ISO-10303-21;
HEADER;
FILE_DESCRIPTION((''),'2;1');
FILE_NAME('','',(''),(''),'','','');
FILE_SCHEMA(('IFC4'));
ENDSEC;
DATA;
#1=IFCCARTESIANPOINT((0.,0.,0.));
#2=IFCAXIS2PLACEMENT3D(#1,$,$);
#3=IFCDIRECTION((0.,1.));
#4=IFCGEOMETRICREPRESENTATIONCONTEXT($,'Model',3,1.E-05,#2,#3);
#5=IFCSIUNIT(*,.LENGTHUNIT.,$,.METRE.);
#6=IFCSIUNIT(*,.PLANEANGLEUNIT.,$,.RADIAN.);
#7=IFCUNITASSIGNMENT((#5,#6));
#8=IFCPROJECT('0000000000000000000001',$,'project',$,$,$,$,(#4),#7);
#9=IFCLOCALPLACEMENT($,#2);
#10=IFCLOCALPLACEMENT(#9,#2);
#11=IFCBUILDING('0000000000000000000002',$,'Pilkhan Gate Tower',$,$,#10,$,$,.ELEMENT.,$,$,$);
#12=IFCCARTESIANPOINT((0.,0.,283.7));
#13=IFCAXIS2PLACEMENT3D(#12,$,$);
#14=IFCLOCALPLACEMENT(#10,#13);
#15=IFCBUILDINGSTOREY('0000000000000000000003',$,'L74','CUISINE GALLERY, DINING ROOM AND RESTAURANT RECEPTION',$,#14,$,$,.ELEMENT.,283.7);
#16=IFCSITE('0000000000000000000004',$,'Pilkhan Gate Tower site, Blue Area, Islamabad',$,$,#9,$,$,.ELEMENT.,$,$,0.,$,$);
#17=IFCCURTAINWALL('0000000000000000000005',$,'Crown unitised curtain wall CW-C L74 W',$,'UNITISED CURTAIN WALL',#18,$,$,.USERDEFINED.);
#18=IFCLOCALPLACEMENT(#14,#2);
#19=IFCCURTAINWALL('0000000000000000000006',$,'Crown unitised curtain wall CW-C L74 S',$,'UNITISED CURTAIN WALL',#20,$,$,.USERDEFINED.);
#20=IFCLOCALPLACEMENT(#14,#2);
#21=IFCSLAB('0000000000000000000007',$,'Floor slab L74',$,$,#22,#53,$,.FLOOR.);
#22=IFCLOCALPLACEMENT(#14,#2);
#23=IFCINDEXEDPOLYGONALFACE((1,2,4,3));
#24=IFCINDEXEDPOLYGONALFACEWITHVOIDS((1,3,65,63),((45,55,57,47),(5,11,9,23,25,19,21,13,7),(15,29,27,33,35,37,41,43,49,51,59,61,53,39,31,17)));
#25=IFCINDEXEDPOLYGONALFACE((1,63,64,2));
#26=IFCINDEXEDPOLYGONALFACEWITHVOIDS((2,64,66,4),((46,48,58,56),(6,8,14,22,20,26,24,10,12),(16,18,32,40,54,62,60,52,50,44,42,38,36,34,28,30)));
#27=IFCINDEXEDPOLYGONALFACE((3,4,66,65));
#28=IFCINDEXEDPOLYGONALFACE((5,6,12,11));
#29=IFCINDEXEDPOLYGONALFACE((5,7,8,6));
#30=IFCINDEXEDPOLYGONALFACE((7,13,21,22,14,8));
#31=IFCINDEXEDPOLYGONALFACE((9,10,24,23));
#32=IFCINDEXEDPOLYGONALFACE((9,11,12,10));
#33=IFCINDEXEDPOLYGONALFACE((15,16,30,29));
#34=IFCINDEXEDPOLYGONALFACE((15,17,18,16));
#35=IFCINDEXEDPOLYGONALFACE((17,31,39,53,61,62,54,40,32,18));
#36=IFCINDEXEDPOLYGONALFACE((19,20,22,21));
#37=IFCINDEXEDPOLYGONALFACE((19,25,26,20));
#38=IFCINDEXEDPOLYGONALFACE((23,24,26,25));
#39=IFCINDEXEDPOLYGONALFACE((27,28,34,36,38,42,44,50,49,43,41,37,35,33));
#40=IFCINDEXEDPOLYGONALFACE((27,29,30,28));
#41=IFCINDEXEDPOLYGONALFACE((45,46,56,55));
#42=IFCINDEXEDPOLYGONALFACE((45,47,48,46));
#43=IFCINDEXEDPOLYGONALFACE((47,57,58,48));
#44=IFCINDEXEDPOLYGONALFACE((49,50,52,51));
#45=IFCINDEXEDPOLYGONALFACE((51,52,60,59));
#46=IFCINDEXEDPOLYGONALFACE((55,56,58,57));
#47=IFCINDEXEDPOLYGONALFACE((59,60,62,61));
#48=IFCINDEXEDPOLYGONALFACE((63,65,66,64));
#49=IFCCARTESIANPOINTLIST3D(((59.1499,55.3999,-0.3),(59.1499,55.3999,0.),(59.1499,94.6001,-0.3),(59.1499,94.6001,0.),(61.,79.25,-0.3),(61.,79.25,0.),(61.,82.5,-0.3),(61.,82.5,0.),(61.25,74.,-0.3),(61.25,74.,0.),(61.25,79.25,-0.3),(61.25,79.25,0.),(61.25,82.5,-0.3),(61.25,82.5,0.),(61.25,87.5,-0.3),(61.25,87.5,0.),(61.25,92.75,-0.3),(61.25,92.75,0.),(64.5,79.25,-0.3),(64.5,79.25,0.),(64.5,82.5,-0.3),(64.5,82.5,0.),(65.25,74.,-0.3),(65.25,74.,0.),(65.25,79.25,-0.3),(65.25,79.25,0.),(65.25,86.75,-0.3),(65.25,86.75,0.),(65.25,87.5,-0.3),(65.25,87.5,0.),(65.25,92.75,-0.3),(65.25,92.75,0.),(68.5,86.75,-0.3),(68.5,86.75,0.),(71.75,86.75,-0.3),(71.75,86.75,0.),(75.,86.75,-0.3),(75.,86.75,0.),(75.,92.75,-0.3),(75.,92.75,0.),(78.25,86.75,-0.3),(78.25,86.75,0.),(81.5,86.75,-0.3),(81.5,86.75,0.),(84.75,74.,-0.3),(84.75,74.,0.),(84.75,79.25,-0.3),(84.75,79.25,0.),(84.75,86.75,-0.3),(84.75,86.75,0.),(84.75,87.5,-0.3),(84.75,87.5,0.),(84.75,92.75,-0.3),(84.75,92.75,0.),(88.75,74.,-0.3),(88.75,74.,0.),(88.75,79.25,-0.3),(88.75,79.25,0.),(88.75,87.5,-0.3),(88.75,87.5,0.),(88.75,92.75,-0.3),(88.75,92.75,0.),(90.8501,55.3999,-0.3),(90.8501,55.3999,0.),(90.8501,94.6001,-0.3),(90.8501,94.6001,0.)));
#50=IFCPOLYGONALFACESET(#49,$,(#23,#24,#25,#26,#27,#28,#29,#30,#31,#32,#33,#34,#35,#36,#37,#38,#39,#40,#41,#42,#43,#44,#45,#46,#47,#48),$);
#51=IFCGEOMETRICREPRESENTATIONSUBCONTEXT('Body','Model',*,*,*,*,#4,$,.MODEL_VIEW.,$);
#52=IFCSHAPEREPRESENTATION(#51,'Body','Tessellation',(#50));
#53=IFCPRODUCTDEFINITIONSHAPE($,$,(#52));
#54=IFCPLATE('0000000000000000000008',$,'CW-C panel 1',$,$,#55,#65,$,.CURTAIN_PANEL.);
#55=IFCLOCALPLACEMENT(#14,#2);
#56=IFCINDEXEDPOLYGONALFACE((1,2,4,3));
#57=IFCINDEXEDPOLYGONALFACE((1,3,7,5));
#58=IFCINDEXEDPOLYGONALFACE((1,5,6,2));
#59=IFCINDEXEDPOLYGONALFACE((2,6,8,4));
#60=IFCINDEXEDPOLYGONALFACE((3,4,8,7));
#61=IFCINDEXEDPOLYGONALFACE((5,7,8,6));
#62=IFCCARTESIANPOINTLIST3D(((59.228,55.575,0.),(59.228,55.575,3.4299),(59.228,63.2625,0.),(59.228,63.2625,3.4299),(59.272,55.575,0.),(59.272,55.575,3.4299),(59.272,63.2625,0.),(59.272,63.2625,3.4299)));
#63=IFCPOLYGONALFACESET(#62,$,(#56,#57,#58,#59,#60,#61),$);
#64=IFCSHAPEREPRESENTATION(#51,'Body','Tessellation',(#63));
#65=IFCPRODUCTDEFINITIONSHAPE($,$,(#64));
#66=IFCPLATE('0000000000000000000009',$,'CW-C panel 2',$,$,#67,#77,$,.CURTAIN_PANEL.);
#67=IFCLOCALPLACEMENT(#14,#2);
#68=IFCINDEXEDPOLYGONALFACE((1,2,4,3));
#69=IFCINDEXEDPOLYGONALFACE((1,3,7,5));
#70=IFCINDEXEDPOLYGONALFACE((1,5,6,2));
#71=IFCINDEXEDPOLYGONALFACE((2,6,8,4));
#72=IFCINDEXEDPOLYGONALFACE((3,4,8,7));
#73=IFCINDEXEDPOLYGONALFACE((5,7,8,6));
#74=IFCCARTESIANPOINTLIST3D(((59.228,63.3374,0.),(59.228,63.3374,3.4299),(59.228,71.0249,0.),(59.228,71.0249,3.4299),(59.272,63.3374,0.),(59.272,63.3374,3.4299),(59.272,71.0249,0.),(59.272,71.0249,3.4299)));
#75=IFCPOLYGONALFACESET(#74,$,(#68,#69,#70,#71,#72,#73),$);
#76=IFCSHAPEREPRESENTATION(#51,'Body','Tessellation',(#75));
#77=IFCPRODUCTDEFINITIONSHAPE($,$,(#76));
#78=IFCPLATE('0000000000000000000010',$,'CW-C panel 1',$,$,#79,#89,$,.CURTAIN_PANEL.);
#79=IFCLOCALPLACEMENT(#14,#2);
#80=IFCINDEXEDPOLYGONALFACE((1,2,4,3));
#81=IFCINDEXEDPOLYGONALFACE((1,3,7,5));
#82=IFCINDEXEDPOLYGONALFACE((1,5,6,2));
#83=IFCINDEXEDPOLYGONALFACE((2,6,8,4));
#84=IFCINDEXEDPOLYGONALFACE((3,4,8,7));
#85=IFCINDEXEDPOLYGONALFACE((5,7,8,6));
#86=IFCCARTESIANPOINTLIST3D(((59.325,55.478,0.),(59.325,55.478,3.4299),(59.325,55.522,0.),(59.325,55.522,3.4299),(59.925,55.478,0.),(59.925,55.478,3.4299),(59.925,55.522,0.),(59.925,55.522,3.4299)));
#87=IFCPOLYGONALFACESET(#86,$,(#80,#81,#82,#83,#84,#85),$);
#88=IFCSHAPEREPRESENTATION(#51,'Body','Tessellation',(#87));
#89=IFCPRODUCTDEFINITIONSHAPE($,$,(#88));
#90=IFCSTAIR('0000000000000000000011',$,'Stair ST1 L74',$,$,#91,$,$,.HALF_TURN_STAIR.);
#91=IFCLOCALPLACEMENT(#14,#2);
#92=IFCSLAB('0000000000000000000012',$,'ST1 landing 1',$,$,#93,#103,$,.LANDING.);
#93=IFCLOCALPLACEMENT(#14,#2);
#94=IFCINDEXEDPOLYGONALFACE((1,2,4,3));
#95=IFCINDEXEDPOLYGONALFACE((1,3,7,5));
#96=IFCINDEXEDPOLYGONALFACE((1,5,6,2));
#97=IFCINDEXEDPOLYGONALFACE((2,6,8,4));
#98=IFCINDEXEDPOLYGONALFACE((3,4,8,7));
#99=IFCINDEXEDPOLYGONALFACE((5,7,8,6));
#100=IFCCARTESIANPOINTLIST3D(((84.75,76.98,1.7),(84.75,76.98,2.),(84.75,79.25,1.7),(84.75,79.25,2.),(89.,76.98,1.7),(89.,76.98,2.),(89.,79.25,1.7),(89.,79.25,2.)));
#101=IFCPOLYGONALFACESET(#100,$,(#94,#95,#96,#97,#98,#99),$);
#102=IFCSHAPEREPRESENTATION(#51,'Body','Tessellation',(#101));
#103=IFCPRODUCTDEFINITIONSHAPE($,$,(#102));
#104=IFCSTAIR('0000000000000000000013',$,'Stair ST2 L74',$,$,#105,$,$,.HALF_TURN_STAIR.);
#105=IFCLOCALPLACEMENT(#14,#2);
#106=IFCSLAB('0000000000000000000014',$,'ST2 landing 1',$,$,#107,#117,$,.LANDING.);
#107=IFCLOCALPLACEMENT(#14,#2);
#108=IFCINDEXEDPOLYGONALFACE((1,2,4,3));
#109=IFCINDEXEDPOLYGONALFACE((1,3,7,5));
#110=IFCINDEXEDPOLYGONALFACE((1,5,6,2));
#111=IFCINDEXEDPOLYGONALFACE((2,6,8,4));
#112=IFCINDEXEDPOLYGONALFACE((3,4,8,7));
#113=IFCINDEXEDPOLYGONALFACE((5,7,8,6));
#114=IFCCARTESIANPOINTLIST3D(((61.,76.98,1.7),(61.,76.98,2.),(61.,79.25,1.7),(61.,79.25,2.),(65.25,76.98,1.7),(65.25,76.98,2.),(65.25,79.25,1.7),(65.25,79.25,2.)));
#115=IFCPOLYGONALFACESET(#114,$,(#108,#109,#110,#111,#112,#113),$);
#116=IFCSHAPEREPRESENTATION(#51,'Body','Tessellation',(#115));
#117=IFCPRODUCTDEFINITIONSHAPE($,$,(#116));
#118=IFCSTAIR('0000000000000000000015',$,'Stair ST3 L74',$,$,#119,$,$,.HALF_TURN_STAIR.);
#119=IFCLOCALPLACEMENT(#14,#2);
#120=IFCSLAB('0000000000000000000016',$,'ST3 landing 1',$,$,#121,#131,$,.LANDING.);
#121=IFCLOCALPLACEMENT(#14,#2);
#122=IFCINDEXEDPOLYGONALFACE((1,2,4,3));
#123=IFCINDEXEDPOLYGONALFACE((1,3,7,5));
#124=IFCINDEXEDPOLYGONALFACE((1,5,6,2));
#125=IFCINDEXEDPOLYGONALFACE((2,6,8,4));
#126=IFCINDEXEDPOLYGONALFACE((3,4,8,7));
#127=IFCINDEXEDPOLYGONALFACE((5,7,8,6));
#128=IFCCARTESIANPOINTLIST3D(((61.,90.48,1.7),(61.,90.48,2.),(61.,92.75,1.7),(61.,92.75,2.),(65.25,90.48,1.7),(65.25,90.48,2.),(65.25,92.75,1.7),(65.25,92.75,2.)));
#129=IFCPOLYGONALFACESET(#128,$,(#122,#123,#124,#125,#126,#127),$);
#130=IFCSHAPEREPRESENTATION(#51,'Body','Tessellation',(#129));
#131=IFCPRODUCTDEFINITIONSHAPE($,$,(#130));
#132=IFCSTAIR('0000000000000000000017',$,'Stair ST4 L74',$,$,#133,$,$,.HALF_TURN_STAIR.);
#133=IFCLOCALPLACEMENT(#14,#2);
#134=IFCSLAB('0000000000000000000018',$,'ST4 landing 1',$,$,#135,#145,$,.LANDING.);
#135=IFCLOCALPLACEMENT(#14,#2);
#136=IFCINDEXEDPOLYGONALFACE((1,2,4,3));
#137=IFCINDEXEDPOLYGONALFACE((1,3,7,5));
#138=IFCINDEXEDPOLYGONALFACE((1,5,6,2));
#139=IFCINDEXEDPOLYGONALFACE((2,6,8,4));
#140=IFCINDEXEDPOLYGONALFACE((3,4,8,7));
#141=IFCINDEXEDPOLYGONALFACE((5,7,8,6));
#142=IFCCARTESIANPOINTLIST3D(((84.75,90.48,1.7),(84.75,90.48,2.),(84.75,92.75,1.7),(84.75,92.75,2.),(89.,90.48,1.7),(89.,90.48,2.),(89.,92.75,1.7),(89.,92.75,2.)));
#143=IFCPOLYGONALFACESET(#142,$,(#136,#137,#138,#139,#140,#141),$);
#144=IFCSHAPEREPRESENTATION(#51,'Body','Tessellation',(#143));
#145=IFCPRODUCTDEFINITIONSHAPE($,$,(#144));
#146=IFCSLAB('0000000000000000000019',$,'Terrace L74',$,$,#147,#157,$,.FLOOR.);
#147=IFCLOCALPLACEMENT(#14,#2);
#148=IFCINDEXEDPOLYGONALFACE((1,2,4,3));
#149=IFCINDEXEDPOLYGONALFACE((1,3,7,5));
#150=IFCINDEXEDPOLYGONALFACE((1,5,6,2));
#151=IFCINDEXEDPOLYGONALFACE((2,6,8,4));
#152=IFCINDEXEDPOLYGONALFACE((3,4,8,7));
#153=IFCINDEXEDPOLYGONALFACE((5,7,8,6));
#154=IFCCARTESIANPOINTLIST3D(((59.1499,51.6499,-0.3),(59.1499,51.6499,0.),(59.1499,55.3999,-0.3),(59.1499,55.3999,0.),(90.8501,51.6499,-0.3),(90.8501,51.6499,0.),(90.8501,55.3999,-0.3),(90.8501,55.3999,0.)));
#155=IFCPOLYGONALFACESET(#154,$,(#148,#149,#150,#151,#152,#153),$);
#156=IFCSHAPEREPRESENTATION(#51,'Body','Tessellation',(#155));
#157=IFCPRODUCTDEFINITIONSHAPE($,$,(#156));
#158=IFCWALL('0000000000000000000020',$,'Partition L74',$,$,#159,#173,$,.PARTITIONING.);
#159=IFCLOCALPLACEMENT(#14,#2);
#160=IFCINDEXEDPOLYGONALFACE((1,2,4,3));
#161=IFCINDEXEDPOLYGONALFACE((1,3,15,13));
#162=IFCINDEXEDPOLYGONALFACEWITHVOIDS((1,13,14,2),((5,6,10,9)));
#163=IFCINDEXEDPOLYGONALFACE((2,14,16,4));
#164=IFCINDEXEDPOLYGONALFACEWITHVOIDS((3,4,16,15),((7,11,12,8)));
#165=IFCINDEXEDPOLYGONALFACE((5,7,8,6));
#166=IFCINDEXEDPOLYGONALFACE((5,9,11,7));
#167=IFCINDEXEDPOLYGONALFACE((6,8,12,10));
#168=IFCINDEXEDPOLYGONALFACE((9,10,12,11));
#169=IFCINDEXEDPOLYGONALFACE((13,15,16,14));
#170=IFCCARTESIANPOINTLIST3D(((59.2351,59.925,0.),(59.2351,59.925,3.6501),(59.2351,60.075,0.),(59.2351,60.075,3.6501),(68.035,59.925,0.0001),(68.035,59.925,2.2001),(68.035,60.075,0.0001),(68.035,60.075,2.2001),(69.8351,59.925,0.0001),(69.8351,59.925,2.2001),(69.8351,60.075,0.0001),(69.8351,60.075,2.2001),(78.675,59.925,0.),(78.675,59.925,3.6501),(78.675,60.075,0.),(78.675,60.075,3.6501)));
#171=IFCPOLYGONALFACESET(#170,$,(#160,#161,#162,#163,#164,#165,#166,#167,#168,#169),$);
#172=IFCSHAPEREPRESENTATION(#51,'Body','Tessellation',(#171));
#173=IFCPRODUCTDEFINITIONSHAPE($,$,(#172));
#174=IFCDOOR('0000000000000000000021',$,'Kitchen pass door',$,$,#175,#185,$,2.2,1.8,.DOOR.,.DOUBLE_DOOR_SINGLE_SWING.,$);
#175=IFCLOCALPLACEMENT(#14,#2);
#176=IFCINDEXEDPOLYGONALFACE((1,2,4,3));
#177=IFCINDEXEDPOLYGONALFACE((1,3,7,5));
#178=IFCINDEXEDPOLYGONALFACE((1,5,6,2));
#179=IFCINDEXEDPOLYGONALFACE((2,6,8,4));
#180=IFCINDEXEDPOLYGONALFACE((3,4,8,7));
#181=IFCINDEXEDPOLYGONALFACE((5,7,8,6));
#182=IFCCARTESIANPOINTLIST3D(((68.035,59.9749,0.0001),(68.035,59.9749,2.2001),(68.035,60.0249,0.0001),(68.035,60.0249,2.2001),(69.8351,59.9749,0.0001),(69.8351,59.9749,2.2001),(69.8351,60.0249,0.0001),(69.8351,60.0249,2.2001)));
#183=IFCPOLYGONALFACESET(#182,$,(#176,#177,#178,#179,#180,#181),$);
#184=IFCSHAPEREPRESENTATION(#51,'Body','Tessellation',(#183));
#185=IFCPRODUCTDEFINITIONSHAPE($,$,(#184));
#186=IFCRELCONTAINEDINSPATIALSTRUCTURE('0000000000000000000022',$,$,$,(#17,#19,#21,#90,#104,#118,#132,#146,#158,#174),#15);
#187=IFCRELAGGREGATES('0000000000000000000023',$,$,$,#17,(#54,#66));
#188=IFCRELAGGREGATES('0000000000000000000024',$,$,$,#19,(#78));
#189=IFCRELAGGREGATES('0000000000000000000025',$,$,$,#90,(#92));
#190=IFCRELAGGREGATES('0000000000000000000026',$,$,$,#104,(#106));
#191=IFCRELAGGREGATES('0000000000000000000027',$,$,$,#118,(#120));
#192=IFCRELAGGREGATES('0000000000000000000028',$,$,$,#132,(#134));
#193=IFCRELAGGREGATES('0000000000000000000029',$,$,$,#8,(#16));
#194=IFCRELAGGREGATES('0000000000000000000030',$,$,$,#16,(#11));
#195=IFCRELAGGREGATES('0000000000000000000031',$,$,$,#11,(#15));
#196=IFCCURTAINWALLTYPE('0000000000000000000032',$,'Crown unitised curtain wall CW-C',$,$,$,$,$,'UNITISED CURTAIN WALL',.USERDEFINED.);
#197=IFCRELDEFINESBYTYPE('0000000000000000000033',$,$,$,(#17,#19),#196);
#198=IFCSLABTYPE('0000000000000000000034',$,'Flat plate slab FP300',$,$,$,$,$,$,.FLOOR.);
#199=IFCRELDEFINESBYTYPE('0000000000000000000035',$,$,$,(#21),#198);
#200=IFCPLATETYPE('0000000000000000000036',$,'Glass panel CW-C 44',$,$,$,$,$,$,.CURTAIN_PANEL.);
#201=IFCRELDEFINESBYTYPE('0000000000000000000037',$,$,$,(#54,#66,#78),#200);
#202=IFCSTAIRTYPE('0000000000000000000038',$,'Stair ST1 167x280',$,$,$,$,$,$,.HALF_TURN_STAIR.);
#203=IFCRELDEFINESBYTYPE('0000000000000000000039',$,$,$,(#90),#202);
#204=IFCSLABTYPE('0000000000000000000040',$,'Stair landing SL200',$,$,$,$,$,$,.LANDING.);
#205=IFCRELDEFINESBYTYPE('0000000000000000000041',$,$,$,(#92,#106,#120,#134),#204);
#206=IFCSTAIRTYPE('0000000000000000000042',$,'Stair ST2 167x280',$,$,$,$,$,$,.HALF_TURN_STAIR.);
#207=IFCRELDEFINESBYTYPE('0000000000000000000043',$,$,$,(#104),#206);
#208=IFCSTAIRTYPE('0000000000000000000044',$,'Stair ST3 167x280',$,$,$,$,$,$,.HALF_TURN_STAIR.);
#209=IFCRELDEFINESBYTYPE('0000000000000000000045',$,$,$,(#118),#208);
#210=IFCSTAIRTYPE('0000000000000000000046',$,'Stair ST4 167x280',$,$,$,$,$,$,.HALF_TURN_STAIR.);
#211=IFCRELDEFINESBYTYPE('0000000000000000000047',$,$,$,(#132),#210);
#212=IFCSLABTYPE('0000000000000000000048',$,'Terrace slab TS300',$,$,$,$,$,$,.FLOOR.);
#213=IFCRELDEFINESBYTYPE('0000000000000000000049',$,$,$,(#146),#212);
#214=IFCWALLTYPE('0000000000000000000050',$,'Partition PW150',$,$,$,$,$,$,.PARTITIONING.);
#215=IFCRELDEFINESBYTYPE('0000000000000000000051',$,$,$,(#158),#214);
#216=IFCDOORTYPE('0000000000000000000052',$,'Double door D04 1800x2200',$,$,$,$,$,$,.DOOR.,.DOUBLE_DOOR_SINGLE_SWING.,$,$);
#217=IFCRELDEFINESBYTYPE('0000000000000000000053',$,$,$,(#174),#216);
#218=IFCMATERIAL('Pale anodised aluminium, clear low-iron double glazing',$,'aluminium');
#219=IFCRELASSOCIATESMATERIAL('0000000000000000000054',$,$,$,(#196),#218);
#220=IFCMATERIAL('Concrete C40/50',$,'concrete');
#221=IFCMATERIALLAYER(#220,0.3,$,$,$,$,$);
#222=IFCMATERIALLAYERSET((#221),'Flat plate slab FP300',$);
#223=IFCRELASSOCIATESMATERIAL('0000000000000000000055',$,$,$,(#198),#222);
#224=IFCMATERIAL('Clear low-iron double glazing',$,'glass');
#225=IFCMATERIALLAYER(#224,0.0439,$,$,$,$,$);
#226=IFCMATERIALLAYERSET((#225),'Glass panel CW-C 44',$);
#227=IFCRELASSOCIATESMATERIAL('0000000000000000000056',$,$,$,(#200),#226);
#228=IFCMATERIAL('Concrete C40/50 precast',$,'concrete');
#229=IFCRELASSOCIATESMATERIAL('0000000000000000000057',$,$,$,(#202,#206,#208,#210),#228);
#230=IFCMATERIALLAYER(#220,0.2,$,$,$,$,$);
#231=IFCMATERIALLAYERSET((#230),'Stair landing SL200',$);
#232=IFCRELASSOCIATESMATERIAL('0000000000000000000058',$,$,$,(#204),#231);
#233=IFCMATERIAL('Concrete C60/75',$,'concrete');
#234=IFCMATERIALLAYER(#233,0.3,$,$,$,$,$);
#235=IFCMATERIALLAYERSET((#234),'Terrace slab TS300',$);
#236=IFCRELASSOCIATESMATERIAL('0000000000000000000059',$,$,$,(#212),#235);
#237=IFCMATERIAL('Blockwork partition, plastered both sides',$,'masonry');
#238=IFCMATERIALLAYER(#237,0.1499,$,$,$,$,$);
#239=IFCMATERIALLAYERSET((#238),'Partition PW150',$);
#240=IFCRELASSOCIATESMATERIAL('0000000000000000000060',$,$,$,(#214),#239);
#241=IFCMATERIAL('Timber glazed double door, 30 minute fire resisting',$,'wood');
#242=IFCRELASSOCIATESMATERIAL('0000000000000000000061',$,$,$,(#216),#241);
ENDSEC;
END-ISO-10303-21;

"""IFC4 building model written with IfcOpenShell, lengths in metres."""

from ifc_helpers import new_model, si_unit, direction, frame, frame_2d, origin, origin_2d, place, context, subcontext, project, spatial, polyline, rectangle, outline, extrude, material, layer, layer_set, type_object, element, fill, aggregate, save


model = new_model("IFC4")

# Units and contexts
model_context = context("Model", 3, precision=1e-05, world=origin(), true_north=direction((0.0, 1.0)))
body_context = subcontext(model_context, "Body", "Model", "MODEL_VIEW")
ifc_project = project(units=[si_unit("LENGTHUNIT", "METRE"), si_unit("PLANEANGLEUNIT", "RADIAN")], contexts=[model_context])

# Site, building, storey
site_placement = place(None, origin())
site = spatial("IfcSite", under=ifc_project, at=site_placement, Name="Pilkhan Gate Tower site, Blue Area, Islamabad", CompositionType="ELEMENT", RefElevation=0.0)
building_placement = place(site_placement, origin())
building = spatial("IfcBuilding", under=site, at=building_placement, Name="Pilkhan Gate Tower", CompositionType="ELEMENT")
storey_placement = place(building_placement, frame((0.0, 0.0, 283.7)))
storey = spatial("IfcBuildingStorey", under=building, at=storey_placement, Name="L74", Description="CUISINE GALLERY, DINING ROOM AND RESTAURANT RECEPTION", CompositionType="ELEMENT", Elevation=283.7)

# Shared definitions
ifc_material_1 = material(Name="Concrete C40/50", Category="concrete")

# Curtain wall
ifc_material_2 = material(Name="Pale anodised aluminium, clear low-iron double glazing", Category="aluminium")
curtain_wall_type = type_object("IfcCurtainWallType", Name="Crown unitised curtain wall CW-C", ElementType="UNITISED CURTAIN WALL", PredefinedType="USERDEFINED", material=ifc_material_2)
curtain_wall_1_placement = place(storey_placement, origin())
curtain_wall_1 = element("IfcCurtainWall", 1, at=curtain_wall_1_placement, inside=storey, type_object=curtain_wall_type, Name="Crown unitised curtain wall CW-C L74 W", ObjectType="UNITISED CURTAIN WALL", PredefinedType="USERDEFINED")

# Curtain wall
curtain_wall_2_placement = place(storey_placement, origin())
curtain_wall_2 = element("IfcCurtainWall", 2, at=curtain_wall_2_placement, inside=storey, type_object=curtain_wall_type, Name="Crown unitised curtain wall CW-C L74 S", ObjectType="UNITISED CURTAIN WALL", PredefinedType="USERDEFINED")

# Slab
ifc_layer_1 = layer(ifc_material_1, 0.3)
ifc_layer_set_1 = layer_set([ifc_layer_1], Name="Flat plate slab FP300")
slab_type_1 = type_object("IfcSlabType", Name="Flat plate slab FP300", PredefinedType="FLOOR", material=ifc_layer_set_1)
slab_1_placement = place(storey_placement, frame((0.0, 0.0, -0.3)))
element("IfcSlab", 3, at=slab_1_placement, inside=storey, type_object=slab_type_1, Name="Floor slab L74", PredefinedType="FLOOR", context=body_context, shape_type="SweptSolid", body=[
    extrude(outline(polyline([(59.1499, 94.6001), (90.8501, 94.6001), (90.8501, 55.3999), (59.1499, 55.3999), (59.1499, 94.6001)]), holes=[polyline([(78.25, 86.75), (81.5, 86.75), (84.75, 86.75), (84.75, 87.5), (88.75, 87.5), (88.75, 92.75), (84.75, 92.75), (75.0, 92.75), (65.25, 92.75), (61.25, 92.75), (61.25, 87.5), (65.25, 87.5), (65.25, 86.75), (68.5, 86.75), (71.75, 86.75), (75.0, 86.75), (78.25, 86.75)]), polyline([(84.75, 79.25), (84.75, 74.0), (88.75, 74.0), (88.75, 79.25), (84.75, 79.25)]), polyline([(65.25, 79.25), (64.5, 79.25), (64.5, 82.5), (61.25, 82.5), (61.0, 82.5), (61.0, 79.25), (61.25, 79.25), (61.25, 74.0), (65.25, 74.0), (65.25, 79.25)])]), origin(), (0.0, 0.0, 1.0), 0.3),
])

# Plates
ifc_material_3 = material(Name="Clear low-iron double glazing", Category="glass")
ifc_layer_2 = layer(ifc_material_3, 0.0439)
ifc_layer_set_2 = layer_set([ifc_layer_2], Name="Glass panel CW-C 44")
plate_type = type_object("IfcPlateType", Name="Glass panel CW-C 44", PredefinedType="CURTAIN_PANEL", material=ifc_layer_set_2)
plate_1_placement = place(storey_placement, frame((59.25, 59.4187, 0.0), z_axis=(0.0, 0.0, 1.0), x_axis=(0.0, 1.0, 0.0)))
plate_1 = element("IfcPlate", 4, at=plate_1_placement, type_object=plate_type, Name="CW-C panel 1", PredefinedType="CURTAIN_PANEL", context=body_context, shape_type="SweptSolid", body=[
    extrude(rectangle(XDim=7.6875, YDim=0.0439, at=origin_2d()), origin(), (0.0, 0.0, 1.0), 3.4299),
])
plate_2_placement = place(storey_placement, frame((59.25, 67.1812, 0.0), z_axis=(0.0, 0.0, 1.0), x_axis=(0.0, 1.0, 0.0)))
plate_2 = element("IfcPlate", 5, at=plate_2_placement, type_object=plate_type, Name="CW-C panel 2", PredefinedType="CURTAIN_PANEL", context=body_context, shape_type="SweptSolid", body=[
    extrude(rectangle(XDim=7.6875, YDim=0.0439, at=origin_2d()), origin(), (0.0, 0.0, 1.0), 3.4299),
])
aggregate(curtain_wall_1, [plate_1, plate_2])
plate_3_placement = place(storey_placement, frame((59.625, 55.5, 0.0), z_axis=(0.0, 0.0, 1.0), x_axis=(1.0, 0.0, 0.0)))
plate_3 = element("IfcPlate", 6, at=plate_3_placement, type_object=plate_type, Name="CW-C panel 1", PredefinedType="CURTAIN_PANEL", context=body_context, shape_type="SweptSolid", body=[
    extrude(rectangle(XDim=0.6001, YDim=0.0439, at=origin_2d()), origin(), (0.0, 0.0, 1.0), 3.4299),
])
aggregate(curtain_wall_2, [plate_3])

# Stairs, slabs
ifc_material_4 = material(Name="Concrete C40/50 precast", Category="concrete")
stair_type_1 = type_object("IfcStairType", Name="Stair ST1 167x280", PredefinedType="HALF_TURN_STAIR", material=ifc_material_4)
stair_1_placement = place(storey_placement, origin())
stair_1 = element("IfcStair", 7, at=stair_1_placement, inside=storey, type_object=stair_type_1, Name="Stair ST1 L74", PredefinedType="HALF_TURN_STAIR")
ifc_layer_3 = layer(ifc_material_1, 0.2)
ifc_layer_set_3 = layer_set([ifc_layer_3], Name="Stair landing SL200")
slab_type_2 = type_object("IfcSlabType", Name="Stair landing SL200", PredefinedType="LANDING", material=ifc_layer_set_3)
slab_2_placement = place(storey_placement, frame((0.0, 0.0, 1.7)))
slab_2 = element("IfcSlab", 8, at=slab_2_placement, type_object=slab_type_2, Name="ST1 landing 1", PredefinedType="LANDING", context=body_context, shape_type="SweptSolid", body=[
    extrude(outline(polyline([(89.0, 76.98), (89.0, 79.25), (84.75, 79.25), (84.75, 76.98), (89.0, 76.98)])), origin(), (0.0, 0.0, 1.0), 0.3),
])
aggregate(stair_1, [slab_2])
stair_type_2 = type_object("IfcStairType", Name="Stair ST2 167x280", PredefinedType="HALF_TURN_STAIR", material=ifc_material_4)
stair_2_placement = place(storey_placement, origin())
stair_2 = element("IfcStair", 9, at=stair_2_placement, inside=storey, type_object=stair_type_2, Name="Stair ST2 L74", PredefinedType="HALF_TURN_STAIR")
slab_3_placement = place(storey_placement, frame((0.0, 0.0, 1.7)))
slab_3 = element("IfcSlab", 10, at=slab_3_placement, type_object=slab_type_2, Name="ST2 landing 1", PredefinedType="LANDING", context=body_context, shape_type="SweptSolid", body=[
    extrude(outline(polyline([(65.25, 76.98), (65.25, 79.25), (61.0, 79.25), (61.0, 76.98), (65.25, 76.98)])), origin(), (0.0, 0.0, 1.0), 0.3),
])
aggregate(stair_2, [slab_3])
stair_type_3 = type_object("IfcStairType", Name="Stair ST3 167x280", PredefinedType="HALF_TURN_STAIR", material=ifc_material_4)
stair_3_placement = place(storey_placement, origin())
stair_3 = element("IfcStair", 11, at=stair_3_placement, inside=storey, type_object=stair_type_3, Name="Stair ST3 L74", PredefinedType="HALF_TURN_STAIR")
slab_4_placement = place(storey_placement, frame((0.0, 0.0, 1.7)))
slab_4 = element("IfcSlab", 12, at=slab_4_placement, type_object=slab_type_2, Name="ST3 landing 1", PredefinedType="LANDING", context=body_context, shape_type="SweptSolid", body=[
    extrude(outline(polyline([(65.25, 90.48), (65.25, 92.75), (61.0, 92.75), (61.0, 90.48), (65.25, 90.48)])), origin(), (0.0, 0.0, 1.0), 0.3),
])
aggregate(stair_3, [slab_4])
stair_type_4 = type_object("IfcStairType", Name="Stair ST4 167x280", PredefinedType="HALF_TURN_STAIR", material=ifc_material_4)
stair_4_placement = place(storey_placement, origin())
stair_4 = element("IfcStair", 13, at=stair_4_placement, inside=storey, type_object=stair_type_4, Name="Stair ST4 L74", PredefinedType="HALF_TURN_STAIR")
slab_5_placement = place(storey_placement, frame((0.0, 0.0, 1.7)))
slab_5 = element("IfcSlab", 14, at=slab_5_placement, type_object=slab_type_2, Name="ST4 landing 1", PredefinedType="LANDING", context=body_context, shape_type="SweptSolid", body=[
    extrude(outline(polyline([(89.0, 90.48), (89.0, 92.75), (84.75, 92.75), (84.75, 90.48), (89.0, 90.48)])), origin(), (0.0, 0.0, 1.0), 0.3),
])
aggregate(stair_4, [slab_5])

# Slab
ifc_material_5 = material(Name="Concrete C60/75", Category="concrete")
ifc_layer_4 = layer(ifc_material_5, 0.3)
ifc_layer_set_4 = layer_set([ifc_layer_4], Name="Terrace slab TS300")
slab_type_3 = type_object("IfcSlabType", Name="Terrace slab TS300", PredefinedType="FLOOR", material=ifc_layer_set_4)
slab_6_placement = place(storey_placement, frame((0.0, 0.0, -0.3)))
element("IfcSlab", 15, at=slab_6_placement, inside=storey, type_object=slab_type_3, Name="Terrace L74", PredefinedType="FLOOR", context=body_context, shape_type="SweptSolid", body=[
    extrude(outline(polyline([(59.1499, 55.3999), (90.8501, 55.3999), (90.8501, 51.6499), (59.1499, 51.6499), (59.1499, 55.3999)])), origin(), (0.0, 0.0, 1.0), 0.3),
])

# Wall, opening, door
ifc_material_6 = material(Name="Blockwork partition, plastered both sides", Category="masonry")
ifc_layer_5 = layer(ifc_material_6, 0.1499)
ifc_layer_set_5 = layer_set([ifc_layer_5], Name="Partition PW150")
wall_type = type_object("IfcWallType", Name="Partition PW150", PredefinedType="PARTITIONING", material=ifc_layer_set_5)
wall_1_placement = place(storey_placement, frame((59.2351, 60.0, 0.0), z_axis=(0.0, 0.0, 1.0), x_axis=(1.0, 0.0, 0.0)))
wall_1 = element("IfcWall", 16, at=wall_1_placement, inside=storey, type_object=wall_type, Name="Partition L74", PredefinedType="PARTITIONING", context=body_context, shape_type="SweptSolid", body=[
    extrude(rectangle(XDim=19.4399, YDim=0.1499, at=frame_2d((9.72, 0.0))), origin(), (0.0, 0.0, 1.0), 3.6501),
])
opening_1_placement = place(wall_1_placement, frame((8.8, 0.0, 0.0)))
opening_1 = element("IfcOpeningElement", 17, at=opening_1_placement, cuts=wall_1, PredefinedType="OPENING", context=body_context, shape_type="SweptSolid", body=[
    extrude(rectangle(XDim=1.8, YDim=2.2, at=frame_2d((0.8999, 1.1001))), frame((0.0, 0.085, 0.0), z_axis=(0.0, -1.0, 0.0), x_axis=(1.0, 0.0, 0.0)), (0.0, 0.0, 1.0), 0.1699),
])
ifc_material_7 = material(Name="Timber glazed double door, 30 minute fire resisting", Category="wood")
door_type_1 = type_object("IfcDoorType", Name="Double door D04 1800x2200", OperationType="DOUBLE_DOOR_SINGLE_SWING", PredefinedType="DOOR", material=ifc_material_7)
door_1_placement = place(opening_1_placement, origin())
door_1 = element("IfcDoor", 18, at=door_1_placement, inside=storey, type_object=door_type_1, Name="Kitchen pass door", OperationType="DOUBLE_DOOR_SINGLE_SWING", OverallHeight=2.2, OverallWidth=1.8, PredefinedType="DOOR", context=body_context, shape_type="SweptSolid", body=[
    extrude(rectangle(XDim=1.8, YDim=2.2, at=frame_2d((0.8999, 1.1001))), frame((0.0, 0.0249, 0.0), z_axis=(0.0, -1.0, 0.0), x_axis=(1.0, 0.0, 0.0)), (0.0, 0.0, 1.0), 0.05),
])
fill(opening_1, door_1)

save(model, "model.ifc")
